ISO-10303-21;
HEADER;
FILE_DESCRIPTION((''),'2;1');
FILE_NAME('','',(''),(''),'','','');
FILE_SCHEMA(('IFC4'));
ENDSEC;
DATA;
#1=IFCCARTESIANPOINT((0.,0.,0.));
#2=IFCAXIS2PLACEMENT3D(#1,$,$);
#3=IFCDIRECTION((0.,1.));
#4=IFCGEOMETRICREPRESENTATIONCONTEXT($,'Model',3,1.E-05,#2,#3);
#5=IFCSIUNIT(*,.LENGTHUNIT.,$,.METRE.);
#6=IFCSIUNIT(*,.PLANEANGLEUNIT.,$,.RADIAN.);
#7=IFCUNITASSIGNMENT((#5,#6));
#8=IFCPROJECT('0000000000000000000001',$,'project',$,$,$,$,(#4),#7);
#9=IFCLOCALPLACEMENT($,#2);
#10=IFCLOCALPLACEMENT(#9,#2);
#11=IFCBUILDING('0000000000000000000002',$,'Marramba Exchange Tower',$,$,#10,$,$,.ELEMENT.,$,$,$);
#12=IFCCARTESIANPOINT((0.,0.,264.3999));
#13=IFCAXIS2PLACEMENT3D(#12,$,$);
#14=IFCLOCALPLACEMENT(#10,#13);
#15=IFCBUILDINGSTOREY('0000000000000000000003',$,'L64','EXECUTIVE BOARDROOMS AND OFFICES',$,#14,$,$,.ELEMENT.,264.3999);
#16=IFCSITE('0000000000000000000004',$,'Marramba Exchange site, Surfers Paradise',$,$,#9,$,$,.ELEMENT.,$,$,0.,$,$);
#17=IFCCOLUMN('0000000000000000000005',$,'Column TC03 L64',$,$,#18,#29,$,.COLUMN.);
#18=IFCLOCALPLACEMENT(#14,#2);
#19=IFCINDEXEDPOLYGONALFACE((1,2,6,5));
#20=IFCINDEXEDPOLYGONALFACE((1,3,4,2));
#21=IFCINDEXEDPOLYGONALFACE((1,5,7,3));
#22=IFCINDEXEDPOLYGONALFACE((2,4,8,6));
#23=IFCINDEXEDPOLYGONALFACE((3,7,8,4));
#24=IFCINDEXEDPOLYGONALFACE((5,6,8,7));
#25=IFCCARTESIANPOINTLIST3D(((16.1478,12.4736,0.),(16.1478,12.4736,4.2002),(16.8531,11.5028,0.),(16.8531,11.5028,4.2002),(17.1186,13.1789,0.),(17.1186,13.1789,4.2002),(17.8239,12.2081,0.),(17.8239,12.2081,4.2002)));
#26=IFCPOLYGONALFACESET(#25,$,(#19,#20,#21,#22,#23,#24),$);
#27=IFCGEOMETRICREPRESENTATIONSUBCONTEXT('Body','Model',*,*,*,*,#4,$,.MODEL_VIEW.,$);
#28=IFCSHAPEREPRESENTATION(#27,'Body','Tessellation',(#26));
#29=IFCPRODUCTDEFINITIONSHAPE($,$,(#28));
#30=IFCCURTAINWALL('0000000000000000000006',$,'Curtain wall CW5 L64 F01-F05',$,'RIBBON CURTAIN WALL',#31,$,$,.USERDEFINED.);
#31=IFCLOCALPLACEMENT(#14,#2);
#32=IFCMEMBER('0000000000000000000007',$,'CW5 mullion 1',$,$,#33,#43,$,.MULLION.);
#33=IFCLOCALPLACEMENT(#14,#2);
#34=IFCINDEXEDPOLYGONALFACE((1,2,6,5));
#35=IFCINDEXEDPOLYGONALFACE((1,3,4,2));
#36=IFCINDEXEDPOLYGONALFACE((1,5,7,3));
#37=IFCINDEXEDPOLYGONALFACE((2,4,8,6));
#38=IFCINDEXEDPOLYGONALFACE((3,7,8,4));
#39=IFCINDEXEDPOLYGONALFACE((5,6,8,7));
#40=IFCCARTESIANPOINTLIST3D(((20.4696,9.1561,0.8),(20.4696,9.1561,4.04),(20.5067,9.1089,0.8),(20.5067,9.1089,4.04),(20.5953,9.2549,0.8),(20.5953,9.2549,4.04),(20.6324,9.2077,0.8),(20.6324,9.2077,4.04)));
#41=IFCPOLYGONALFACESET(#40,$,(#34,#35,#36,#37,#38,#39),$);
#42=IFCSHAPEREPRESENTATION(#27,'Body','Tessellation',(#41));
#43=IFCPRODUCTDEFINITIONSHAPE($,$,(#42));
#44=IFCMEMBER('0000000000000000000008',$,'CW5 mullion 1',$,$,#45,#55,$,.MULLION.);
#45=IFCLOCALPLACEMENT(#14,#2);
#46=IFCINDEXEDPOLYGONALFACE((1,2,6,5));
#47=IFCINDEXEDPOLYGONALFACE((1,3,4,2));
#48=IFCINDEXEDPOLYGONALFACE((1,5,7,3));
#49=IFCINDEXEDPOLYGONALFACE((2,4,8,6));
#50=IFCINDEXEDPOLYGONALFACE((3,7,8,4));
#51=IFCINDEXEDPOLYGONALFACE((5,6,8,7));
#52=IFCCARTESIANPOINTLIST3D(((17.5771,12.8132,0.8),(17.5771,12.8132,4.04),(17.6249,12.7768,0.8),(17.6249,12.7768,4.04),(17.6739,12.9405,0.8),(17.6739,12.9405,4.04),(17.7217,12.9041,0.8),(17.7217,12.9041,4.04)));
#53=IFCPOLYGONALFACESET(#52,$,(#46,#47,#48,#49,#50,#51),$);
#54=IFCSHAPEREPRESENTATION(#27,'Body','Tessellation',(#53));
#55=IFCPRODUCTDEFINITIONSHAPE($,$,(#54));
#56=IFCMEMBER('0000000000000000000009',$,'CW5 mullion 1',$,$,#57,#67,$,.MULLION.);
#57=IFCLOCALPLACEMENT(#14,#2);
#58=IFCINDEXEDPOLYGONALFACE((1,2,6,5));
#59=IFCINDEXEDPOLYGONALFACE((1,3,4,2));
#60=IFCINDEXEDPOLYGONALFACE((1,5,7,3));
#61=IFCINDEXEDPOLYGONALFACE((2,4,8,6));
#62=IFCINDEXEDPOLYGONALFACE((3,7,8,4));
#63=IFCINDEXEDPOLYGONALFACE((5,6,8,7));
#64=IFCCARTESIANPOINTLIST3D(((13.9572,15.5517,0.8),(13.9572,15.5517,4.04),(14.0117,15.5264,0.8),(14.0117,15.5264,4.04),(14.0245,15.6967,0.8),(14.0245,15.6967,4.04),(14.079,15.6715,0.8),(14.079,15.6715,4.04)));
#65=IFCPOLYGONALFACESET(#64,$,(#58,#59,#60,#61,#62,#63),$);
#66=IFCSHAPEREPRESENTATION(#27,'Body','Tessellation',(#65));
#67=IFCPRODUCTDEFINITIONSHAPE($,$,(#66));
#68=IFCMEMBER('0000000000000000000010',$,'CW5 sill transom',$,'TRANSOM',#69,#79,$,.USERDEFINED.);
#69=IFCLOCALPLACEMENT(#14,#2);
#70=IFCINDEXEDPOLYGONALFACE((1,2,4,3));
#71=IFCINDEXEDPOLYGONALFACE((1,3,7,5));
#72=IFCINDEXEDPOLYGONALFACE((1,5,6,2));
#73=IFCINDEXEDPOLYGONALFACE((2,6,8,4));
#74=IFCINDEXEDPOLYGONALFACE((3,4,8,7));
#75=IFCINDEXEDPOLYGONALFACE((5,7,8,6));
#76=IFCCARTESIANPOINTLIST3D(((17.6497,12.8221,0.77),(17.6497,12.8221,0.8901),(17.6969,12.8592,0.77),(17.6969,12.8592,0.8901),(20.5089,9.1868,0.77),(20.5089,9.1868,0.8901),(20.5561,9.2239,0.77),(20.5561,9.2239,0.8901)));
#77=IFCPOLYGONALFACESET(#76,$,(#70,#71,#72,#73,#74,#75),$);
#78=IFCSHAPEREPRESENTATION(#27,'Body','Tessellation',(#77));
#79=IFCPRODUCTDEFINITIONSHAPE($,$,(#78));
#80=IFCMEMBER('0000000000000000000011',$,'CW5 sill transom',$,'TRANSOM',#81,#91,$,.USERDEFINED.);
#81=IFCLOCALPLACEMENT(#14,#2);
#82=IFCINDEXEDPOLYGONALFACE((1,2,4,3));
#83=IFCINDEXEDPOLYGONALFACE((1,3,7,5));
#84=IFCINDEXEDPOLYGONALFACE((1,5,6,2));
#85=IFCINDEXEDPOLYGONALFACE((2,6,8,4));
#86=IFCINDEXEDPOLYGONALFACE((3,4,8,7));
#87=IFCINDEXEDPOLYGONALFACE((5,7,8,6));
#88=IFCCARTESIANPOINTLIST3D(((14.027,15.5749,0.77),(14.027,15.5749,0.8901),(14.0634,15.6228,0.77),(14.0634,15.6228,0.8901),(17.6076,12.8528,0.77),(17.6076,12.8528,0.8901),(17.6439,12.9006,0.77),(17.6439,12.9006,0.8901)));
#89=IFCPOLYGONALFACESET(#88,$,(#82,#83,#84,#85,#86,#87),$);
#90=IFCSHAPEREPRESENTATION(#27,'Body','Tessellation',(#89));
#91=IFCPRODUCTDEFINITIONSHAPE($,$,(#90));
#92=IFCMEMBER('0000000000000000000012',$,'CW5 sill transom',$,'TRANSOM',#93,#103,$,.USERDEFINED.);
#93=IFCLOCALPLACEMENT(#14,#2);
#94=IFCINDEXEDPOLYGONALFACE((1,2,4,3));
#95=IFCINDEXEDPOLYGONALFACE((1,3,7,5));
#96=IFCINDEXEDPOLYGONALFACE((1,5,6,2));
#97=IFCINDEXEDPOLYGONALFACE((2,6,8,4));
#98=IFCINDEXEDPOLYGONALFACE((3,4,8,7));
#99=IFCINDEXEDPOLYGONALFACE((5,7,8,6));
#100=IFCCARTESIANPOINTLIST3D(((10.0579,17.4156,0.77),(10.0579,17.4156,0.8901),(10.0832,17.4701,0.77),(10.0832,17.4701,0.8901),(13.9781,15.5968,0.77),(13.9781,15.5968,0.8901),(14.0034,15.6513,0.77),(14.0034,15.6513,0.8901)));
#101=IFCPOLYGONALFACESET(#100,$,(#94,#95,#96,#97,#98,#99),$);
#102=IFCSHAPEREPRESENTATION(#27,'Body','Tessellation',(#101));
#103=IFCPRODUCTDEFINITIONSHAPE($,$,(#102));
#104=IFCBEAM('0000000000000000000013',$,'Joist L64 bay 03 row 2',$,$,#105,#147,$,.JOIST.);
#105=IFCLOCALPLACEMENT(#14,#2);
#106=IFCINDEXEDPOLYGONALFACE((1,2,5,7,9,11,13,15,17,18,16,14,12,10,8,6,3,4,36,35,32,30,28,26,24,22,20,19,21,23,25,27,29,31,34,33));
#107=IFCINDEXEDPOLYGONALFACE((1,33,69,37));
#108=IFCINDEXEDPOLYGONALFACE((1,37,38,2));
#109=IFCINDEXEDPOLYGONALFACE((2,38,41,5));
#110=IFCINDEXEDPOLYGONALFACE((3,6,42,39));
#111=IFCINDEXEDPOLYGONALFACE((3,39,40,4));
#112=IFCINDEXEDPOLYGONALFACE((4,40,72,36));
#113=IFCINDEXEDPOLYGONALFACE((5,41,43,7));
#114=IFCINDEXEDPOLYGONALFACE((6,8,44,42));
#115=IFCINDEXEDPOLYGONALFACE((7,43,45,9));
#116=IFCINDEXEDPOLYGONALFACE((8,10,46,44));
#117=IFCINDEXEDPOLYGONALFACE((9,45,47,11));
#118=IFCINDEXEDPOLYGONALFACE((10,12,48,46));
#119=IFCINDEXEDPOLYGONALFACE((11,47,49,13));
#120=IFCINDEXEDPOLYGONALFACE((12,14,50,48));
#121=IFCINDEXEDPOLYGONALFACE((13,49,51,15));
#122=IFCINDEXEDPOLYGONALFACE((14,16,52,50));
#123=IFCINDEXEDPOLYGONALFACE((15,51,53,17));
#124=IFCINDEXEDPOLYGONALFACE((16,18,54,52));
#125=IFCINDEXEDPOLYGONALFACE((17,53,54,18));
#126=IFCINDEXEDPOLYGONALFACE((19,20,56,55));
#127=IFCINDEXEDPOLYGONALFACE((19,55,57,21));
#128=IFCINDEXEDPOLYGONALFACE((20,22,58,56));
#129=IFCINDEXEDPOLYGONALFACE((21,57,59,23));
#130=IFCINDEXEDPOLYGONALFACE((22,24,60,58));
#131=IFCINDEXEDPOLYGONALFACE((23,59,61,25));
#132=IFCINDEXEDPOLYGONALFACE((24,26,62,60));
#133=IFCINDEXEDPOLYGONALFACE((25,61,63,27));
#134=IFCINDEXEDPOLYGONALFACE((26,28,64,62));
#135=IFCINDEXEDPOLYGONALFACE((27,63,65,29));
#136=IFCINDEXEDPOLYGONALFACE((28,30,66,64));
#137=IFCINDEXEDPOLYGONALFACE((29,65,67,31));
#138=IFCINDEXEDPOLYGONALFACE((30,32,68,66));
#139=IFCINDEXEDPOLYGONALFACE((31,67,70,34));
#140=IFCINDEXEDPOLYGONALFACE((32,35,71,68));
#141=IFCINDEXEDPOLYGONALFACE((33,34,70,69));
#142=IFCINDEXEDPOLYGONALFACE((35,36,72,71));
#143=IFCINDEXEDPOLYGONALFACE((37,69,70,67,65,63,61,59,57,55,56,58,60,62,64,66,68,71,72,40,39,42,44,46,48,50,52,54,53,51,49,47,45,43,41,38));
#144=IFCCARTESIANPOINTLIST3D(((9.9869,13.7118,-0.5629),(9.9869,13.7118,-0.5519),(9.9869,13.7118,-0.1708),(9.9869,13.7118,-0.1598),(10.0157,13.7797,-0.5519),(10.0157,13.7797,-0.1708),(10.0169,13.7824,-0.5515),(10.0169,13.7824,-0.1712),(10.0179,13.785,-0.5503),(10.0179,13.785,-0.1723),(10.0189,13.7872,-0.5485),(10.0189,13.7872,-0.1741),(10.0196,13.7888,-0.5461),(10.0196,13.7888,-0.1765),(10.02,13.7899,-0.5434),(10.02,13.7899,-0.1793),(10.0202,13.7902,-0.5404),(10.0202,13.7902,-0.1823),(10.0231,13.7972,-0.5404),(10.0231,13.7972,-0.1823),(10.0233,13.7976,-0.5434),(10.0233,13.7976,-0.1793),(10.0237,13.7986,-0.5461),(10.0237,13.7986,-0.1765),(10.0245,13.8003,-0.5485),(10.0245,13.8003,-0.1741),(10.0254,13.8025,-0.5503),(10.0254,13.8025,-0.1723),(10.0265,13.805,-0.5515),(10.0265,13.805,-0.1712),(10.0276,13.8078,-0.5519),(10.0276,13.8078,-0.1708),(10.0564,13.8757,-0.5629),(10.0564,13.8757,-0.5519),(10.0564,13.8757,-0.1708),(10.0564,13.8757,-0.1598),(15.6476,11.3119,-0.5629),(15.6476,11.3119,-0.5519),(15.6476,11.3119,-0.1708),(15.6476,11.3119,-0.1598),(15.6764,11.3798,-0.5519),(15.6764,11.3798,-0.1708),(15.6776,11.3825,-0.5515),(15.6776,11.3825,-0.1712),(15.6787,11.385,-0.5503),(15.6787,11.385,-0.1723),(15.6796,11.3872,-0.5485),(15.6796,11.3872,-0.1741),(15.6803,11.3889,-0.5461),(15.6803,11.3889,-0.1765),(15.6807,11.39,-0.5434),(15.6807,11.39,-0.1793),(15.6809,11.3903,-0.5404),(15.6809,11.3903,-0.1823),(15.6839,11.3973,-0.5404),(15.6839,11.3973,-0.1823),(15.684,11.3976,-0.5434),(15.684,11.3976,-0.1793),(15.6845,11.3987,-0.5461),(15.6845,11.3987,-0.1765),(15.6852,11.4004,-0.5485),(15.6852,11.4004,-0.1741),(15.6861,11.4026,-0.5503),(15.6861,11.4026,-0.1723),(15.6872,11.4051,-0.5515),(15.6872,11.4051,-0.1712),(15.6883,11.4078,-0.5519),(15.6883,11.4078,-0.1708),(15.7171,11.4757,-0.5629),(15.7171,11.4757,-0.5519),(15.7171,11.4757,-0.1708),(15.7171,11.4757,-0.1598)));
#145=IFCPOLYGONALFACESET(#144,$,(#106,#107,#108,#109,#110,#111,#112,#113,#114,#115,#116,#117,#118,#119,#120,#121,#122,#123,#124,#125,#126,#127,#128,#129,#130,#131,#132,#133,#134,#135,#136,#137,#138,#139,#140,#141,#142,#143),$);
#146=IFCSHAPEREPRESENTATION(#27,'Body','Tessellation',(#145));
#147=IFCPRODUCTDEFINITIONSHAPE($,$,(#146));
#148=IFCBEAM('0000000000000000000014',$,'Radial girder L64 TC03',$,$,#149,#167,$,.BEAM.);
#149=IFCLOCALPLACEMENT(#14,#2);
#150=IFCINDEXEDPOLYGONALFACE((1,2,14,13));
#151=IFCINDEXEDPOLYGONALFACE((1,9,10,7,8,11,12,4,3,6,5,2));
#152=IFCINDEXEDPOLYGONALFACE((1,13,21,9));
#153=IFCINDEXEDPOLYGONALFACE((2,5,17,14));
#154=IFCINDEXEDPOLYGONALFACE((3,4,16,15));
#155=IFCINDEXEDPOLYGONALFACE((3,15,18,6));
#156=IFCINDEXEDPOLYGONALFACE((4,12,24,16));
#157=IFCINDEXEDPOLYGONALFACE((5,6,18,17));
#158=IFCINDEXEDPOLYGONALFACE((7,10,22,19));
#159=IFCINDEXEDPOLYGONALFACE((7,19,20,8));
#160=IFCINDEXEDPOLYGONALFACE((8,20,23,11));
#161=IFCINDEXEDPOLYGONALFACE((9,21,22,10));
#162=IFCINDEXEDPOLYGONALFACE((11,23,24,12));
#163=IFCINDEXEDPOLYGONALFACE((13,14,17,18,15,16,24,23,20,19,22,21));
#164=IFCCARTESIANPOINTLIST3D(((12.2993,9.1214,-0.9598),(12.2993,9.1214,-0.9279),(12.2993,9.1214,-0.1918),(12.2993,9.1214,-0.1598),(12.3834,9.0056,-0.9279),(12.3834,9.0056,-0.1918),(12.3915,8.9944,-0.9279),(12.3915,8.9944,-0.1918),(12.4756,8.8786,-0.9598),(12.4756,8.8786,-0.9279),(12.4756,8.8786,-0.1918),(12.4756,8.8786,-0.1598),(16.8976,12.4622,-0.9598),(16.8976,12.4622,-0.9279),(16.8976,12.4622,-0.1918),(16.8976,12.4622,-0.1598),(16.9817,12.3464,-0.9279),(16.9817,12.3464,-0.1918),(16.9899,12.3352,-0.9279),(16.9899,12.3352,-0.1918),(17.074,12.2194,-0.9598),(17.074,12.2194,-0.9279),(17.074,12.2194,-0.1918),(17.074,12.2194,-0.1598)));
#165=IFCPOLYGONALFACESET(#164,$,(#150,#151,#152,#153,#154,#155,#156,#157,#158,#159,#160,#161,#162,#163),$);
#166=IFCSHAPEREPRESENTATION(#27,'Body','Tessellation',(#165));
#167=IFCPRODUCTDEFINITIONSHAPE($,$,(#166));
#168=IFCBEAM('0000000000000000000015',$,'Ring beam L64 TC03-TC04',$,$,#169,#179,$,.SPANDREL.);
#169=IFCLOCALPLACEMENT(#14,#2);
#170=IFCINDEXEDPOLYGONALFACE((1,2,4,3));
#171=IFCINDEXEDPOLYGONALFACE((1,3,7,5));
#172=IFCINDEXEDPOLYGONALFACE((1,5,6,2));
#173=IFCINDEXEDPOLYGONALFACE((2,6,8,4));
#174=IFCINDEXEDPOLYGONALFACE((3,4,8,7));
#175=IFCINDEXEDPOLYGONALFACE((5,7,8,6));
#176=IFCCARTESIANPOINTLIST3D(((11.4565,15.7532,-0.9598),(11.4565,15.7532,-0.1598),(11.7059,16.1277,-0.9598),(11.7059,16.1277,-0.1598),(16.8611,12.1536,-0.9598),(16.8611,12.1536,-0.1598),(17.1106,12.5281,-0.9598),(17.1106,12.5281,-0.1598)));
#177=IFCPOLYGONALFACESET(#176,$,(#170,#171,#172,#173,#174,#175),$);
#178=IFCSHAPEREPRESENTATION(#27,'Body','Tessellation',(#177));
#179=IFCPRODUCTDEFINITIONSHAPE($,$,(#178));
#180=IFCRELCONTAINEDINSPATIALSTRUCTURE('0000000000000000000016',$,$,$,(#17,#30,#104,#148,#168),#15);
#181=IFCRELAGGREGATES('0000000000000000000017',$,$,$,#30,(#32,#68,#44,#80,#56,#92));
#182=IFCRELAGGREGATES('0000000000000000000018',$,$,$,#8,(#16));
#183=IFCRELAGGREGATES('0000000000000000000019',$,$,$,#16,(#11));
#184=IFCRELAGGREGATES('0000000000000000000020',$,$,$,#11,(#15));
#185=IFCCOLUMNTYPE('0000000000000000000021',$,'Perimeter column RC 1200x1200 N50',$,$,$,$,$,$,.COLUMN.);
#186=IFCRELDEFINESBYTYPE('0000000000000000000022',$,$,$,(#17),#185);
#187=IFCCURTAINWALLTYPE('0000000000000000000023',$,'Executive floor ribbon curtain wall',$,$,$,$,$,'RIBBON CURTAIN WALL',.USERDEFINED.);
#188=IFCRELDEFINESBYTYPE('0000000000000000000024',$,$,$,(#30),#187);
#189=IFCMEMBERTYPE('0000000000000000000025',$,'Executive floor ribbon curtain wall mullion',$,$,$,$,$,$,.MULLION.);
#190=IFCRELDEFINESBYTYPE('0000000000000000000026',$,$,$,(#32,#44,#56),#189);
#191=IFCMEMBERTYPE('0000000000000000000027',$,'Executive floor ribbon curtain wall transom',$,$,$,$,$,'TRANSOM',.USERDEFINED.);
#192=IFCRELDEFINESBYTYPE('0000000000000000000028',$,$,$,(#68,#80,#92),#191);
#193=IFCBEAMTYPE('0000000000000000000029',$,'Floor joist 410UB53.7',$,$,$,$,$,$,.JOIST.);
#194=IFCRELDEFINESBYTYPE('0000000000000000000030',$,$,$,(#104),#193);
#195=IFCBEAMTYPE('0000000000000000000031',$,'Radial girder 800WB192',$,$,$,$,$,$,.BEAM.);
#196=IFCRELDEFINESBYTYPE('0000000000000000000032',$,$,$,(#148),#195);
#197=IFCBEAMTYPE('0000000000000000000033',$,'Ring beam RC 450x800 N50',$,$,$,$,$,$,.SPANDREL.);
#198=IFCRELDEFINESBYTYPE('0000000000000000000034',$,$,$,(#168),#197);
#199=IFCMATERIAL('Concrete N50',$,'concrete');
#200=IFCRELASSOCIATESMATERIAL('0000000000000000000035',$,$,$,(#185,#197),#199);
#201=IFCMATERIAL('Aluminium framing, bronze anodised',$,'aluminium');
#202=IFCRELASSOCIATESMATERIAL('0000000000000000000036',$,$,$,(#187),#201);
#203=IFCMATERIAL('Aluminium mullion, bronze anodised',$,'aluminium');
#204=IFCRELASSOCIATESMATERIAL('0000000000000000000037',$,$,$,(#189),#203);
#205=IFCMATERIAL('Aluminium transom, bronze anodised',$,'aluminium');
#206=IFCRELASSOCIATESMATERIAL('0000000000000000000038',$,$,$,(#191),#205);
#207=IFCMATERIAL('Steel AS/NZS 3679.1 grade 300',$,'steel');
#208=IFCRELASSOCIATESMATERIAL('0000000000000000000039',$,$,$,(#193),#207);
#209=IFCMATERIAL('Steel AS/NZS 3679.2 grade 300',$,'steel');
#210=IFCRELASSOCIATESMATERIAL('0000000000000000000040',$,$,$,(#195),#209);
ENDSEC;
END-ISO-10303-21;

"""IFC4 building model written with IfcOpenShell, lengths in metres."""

from ifc_helpers import new_model, si_unit, direction, frame, origin, origin_2d, place, context, subcontext, project, spatial, rectangle, i_section, extrude, material, material_profile, profile_set, type_object, element, aggregate, save


model = new_model("IFC4")

# Units and contexts
model_context = context("Model", 3, precision=1e-05, world=origin(), true_north=direction((0.0, 1.0)))
body_context = subcontext(model_context, "Body", "Model", "MODEL_VIEW")
ifc_project = project(units=[si_unit("LENGTHUNIT", "METRE"), si_unit("PLANEANGLEUNIT", "RADIAN")], contexts=[model_context])

# Site, building, storey
site_placement = place(None, origin())
site = spatial("IfcSite", under=ifc_project, at=site_placement, Name="Marramba Exchange site, Surfers Paradise", CompositionType="ELEMENT", RefElevation=0.0)
building_placement = place(site_placement, origin())
building = spatial("IfcBuilding", under=site, at=building_placement, Name="Marramba Exchange Tower", CompositionType="ELEMENT")
storey_placement = place(building_placement, frame((0.0, 0.0, 264.3999)))
storey = spatial("IfcBuildingStorey", under=building, at=storey_placement, Name="L64", Description="EXECUTIVE BOARDROOMS AND OFFICES", CompositionType="ELEMENT", Elevation=264.3999)

# Column
ifc_material_1 = material(Name="Concrete N50", Category="concrete")
ifc_material_profile_1 = material_profile(ifc_material_1, rectangle(XDim=1.2, YDim=1.2, at=origin_2d()), Name="RC 1200x1200")
ifc_profile_set_1 = profile_set([ifc_material_profile_1], Name="Concrete N50")
column_type = type_object("IfcColumnType", Name="Perimeter column RC 1200x1200 N50", PredefinedType="COLUMN", material=ifc_profile_set_1)
column_placement = place(storey_placement, frame((16.9858, 12.3408, 0.0), z_axis=(0.0, 0.0, 1.0), x_axis=(0.809017, 0.587785, 0.0)))
element("IfcColumn", 1, at=column_placement, inside=storey, type_object=column_type, Name="Column TC03 L64", PredefinedType="COLUMN", context=body_context, shape_type="SweptSolid", body=[
    extrude(rectangle(XDim=1.2, YDim=1.2, at=origin_2d()), origin(), (0.0, 0.0, 1.0), 4.2002),
])

# Curtain wall, members
ifc_material_2 = material(Name="Aluminium framing, bronze anodised", Category="aluminium")
curtain_wall_type = type_object("IfcCurtainWallType", Name="Executive floor ribbon curtain wall", ElementType="RIBBON CURTAIN WALL", PredefinedType="USERDEFINED", material=ifc_material_2)
curtain_wall_placement = place(storey_placement, origin())
curtain_wall = element("IfcCurtainWall", 2, at=curtain_wall_placement, inside=storey, type_object=curtain_wall_type, Name="Curtain wall CW5 L64 F01-F05", ObjectType="RIBBON CURTAIN WALL", PredefinedType="USERDEFINED")
ifc_material_3 = material(Name="Aluminium mullion, bronze anodised", Category="aluminium")
ifc_material_profile_2 = material_profile(ifc_material_3, rectangle(XDim=0.1599, YDim=0.0601, at=origin_2d()), Name="CW5 mullion 60x160")
ifc_profile_set_2 = profile_set([ifc_material_profile_2], Name="Aluminium mullion, bronze anodised")
member_type_1 = type_object("IfcMemberType", Name="Executive floor ribbon curtain wall mullion", PredefinedType="MULLION", material=ifc_profile_set_2)
member_1_placement = place(storey_placement, frame((20.551, 9.1819, 0.8), z_axis=(0.0, 0.0, 1.0), x_axis=(-0.786003, -0.618223, 0.0)))
member_1 = element("IfcMember", 3, at=member_1_placement, type_object=member_type_1, Name="CW5 mullion 1", PredefinedType="MULLION", context=body_context, shape_type="SweptSolid", body=[
    extrude(rectangle(XDim=0.1599, YDim=0.0601, at=origin_2d()), origin(), (0.0, 0.0, 1.0), 3.24),
])
member_2_placement = place(storey_placement, frame((17.6494, 12.8586, 0.8), z_axis=(0.0, 0.0, 1.0), x_axis=(-0.605219, -0.796059, 0.0)))
member_2 = element("IfcMember", 4, at=member_2_placement, type_object=member_type_1, Name="CW5 mullion 1", PredefinedType="MULLION", context=body_context, shape_type="SweptSolid", body=[
    extrude(rectangle(XDim=0.1599, YDim=0.0601, at=origin_2d()), origin(), (0.0, 0.0, 1.0), 3.24),
])
member_3_placement = place(storey_placement, frame((14.0181, 15.6116, 0.8), z_axis=(0.0, 0.0, 1.0), x_axis=(-0.420849, -0.907131, 0.0)))
member_3 = element("IfcMember", 5, at=member_3_placement, type_object=member_type_1, Name="CW5 mullion 1", PredefinedType="MULLION", context=body_context, shape_type="SweptSolid", body=[
    extrude(rectangle(XDim=0.1599, YDim=0.0601, at=origin_2d()), origin(), (0.0, 0.0, 1.0), 3.24),
])
ifc_material_4 = material(Name="Aluminium transom, bronze anodised", Category="aluminium")
ifc_material_profile_3 = material_profile(ifc_material_4, rectangle(XDim=0.0601, YDim=0.1201, at=origin_2d()), Name="CW5 transom 60x120")
ifc_profile_set_3 = profile_set([ifc_material_profile_3], Name="Aluminium transom, bronze anodised")
member_type_2 = type_object("IfcMemberType", Name="Executive floor ribbon curtain wall transom", ElementType="TRANSOM", PredefinedType="USERDEFINED", material=ifc_profile_set_3)
member_4_placement = place(storey_placement, frame((20.5325, 9.2053, 0.8301), z_axis=(-0.618204, 0.786018, 0.0), x_axis=(-0.786018, -0.618204, 0.0)))
member_4 = element("IfcMember", 6, at=member_4_placement, type_object=member_type_2, Name="CW5 sill transom", ObjectType="TRANSOM", PredefinedType="USERDEFINED", context=body_context, shape_type="SweptSolid", body=[
    extrude(rectangle(XDim=0.0601, YDim=0.1201, at=origin_2d()), origin(), (0.0, 0.0, 1.0), 4.625),
])
member_5_placement = place(storey_placement, frame((17.6257, 12.8767, 0.8301), z_axis=(-0.796062, 0.605215, 0.0), x_axis=(-0.605215, -0.796062, 0.0)))
member_5 = element("IfcMember", 7, at=member_5_placement, type_object=member_type_2, Name="CW5 sill transom", ObjectType="TRANSOM", PredefinedType="USERDEFINED", context=body_context, shape_type="SweptSolid", body=[
    extrude(rectangle(XDim=0.0601, YDim=0.1201, at=origin_2d()), origin(), (0.0, 0.0, 1.0), 4.4978),
])
member_6_placement = place(storey_placement, frame((13.9907, 15.624, 0.8301), z_axis=(-0.907118, 0.420877, 0.0), x_axis=(-0.420877, -0.907118, 0.0)))
member_6 = element("IfcMember", 8, at=member_6_placement, type_object=member_type_2, Name="CW5 sill transom", ObjectType="TRANSOM", PredefinedType="USERDEFINED", context=body_context, shape_type="SweptSolid", body=[
    extrude(rectangle(XDim=0.0601, YDim=0.1201, at=origin_2d()), origin(), (0.0, 0.0, 1.0), 4.3215),
])

# Beams
ifc_material_5 = material(Name="Steel AS/NZS 3679.1 grade 300", Category="steel")
ifc_material_profile_4 = material_profile(ifc_material_5, i_section(OverallWidth=0.178, OverallDepth=0.4031, WebThickness=0.0076, FlangeThickness=0.011, FilletRadius=0.0115, at=origin_2d()), Name="410UB53.7")
ifc_profile_set_4 = profile_set([ifc_material_profile_4], Name="Steel AS/NZS 3679.1 grade 300")
beam_type_1 = type_object("IfcBeamType", Name="Floor joist 410UB53.7", PredefinedType="JOIST", material=ifc_profile_set_4)
beam_1_placement = place(storey_placement, frame((15.6824, 11.3938, -0.3613), z_axis=(-0.920674, 0.390332, 0.0), x_axis=(-0.390332, -0.920674, 0.0)))
element("IfcBeam", 9, at=beam_1_placement, inside=storey, type_object=beam_type_1, Name="Joist L64 bay 03 row 2", PredefinedType="JOIST", context=body_context, shape_type="SweptSolid", body=[
    extrude(i_section(OverallWidth=0.178, OverallDepth=0.4031, WebThickness=0.0076, FlangeThickness=0.011, FilletRadius=0.0115, at=origin_2d()), origin(), (0.0, 0.0, 1.0), 6.1484),
])
ifc_material_6 = material(Name="Steel AS/NZS 3679.2 grade 300", Category="steel")
ifc_material_profile_5 = material_profile(ifc_material_6, i_section(OverallWidth=0.3, OverallDepth=0.8, WebThickness=0.0139, FlangeThickness=0.032, at=origin_2d()), Name="800WB192")
ifc_profile_set_5 = profile_set([ifc_material_profile_5], Name="Steel AS/NZS 3679.2 grade 300")
beam_type_2 = type_object("IfcBeamType", Name="Radial girder 800WB192", PredefinedType="BEAM", material=ifc_profile_set_5)
beam_2_placement = place(storey_placement, frame((12.3875, 9.0, -0.5598), z_axis=(0.809026, 0.587773, 0.0), x_axis=(-0.587773, 0.809026, 0.0)))
element("IfcBeam", 10, at=beam_2_placement, inside=storey, type_object=beam_type_2, Name="Radial girder L64 TC03", PredefinedType="BEAM", context=body_context, shape_type="SweptSolid", body=[
    extrude(i_section(OverallWidth=0.3, OverallDepth=0.8, WebThickness=0.0139, FlangeThickness=0.032, at=origin_2d()), origin(), (0.0, 0.0, 1.0), 5.6838),
])
ifc_material_profile_6 = material_profile(ifc_material_1, rectangle(XDim=0.45, YDim=0.8, at=origin_2d()), Name="RC 450x800")
ifc_profile_set_6 = profile_set([ifc_material_profile_6], Name="Concrete N50")
beam_type_3 = type_object("IfcBeamType", Name="Ring beam RC 450x800 N50", PredefinedType="SPANDREL", material=ifc_profile_set_6)
beam_3_placement = place(storey_placement, frame((16.9858, 12.3408, -0.5598), z_axis=(-0.832293, 0.554336, 0.0), x_axis=(-0.554336, -0.832293, 0.0)))
element("IfcBeam", 11, at=beam_3_placement, inside=storey, type_object=beam_type_3, Name="Ring beam L64 TC03-TC04", PredefinedType="SPANDREL", context=body_context, shape_type="SweptSolid", body=[
    extrude(rectangle(XDim=0.45, YDim=0.8, at=origin_2d()), origin(), (0.0, 0.0, 1.0), 6.4937),
])

aggregate(curtain_wall, [member_1, member_4, member_2, member_5, member_3, member_6])

save(model, "model.ifc")
